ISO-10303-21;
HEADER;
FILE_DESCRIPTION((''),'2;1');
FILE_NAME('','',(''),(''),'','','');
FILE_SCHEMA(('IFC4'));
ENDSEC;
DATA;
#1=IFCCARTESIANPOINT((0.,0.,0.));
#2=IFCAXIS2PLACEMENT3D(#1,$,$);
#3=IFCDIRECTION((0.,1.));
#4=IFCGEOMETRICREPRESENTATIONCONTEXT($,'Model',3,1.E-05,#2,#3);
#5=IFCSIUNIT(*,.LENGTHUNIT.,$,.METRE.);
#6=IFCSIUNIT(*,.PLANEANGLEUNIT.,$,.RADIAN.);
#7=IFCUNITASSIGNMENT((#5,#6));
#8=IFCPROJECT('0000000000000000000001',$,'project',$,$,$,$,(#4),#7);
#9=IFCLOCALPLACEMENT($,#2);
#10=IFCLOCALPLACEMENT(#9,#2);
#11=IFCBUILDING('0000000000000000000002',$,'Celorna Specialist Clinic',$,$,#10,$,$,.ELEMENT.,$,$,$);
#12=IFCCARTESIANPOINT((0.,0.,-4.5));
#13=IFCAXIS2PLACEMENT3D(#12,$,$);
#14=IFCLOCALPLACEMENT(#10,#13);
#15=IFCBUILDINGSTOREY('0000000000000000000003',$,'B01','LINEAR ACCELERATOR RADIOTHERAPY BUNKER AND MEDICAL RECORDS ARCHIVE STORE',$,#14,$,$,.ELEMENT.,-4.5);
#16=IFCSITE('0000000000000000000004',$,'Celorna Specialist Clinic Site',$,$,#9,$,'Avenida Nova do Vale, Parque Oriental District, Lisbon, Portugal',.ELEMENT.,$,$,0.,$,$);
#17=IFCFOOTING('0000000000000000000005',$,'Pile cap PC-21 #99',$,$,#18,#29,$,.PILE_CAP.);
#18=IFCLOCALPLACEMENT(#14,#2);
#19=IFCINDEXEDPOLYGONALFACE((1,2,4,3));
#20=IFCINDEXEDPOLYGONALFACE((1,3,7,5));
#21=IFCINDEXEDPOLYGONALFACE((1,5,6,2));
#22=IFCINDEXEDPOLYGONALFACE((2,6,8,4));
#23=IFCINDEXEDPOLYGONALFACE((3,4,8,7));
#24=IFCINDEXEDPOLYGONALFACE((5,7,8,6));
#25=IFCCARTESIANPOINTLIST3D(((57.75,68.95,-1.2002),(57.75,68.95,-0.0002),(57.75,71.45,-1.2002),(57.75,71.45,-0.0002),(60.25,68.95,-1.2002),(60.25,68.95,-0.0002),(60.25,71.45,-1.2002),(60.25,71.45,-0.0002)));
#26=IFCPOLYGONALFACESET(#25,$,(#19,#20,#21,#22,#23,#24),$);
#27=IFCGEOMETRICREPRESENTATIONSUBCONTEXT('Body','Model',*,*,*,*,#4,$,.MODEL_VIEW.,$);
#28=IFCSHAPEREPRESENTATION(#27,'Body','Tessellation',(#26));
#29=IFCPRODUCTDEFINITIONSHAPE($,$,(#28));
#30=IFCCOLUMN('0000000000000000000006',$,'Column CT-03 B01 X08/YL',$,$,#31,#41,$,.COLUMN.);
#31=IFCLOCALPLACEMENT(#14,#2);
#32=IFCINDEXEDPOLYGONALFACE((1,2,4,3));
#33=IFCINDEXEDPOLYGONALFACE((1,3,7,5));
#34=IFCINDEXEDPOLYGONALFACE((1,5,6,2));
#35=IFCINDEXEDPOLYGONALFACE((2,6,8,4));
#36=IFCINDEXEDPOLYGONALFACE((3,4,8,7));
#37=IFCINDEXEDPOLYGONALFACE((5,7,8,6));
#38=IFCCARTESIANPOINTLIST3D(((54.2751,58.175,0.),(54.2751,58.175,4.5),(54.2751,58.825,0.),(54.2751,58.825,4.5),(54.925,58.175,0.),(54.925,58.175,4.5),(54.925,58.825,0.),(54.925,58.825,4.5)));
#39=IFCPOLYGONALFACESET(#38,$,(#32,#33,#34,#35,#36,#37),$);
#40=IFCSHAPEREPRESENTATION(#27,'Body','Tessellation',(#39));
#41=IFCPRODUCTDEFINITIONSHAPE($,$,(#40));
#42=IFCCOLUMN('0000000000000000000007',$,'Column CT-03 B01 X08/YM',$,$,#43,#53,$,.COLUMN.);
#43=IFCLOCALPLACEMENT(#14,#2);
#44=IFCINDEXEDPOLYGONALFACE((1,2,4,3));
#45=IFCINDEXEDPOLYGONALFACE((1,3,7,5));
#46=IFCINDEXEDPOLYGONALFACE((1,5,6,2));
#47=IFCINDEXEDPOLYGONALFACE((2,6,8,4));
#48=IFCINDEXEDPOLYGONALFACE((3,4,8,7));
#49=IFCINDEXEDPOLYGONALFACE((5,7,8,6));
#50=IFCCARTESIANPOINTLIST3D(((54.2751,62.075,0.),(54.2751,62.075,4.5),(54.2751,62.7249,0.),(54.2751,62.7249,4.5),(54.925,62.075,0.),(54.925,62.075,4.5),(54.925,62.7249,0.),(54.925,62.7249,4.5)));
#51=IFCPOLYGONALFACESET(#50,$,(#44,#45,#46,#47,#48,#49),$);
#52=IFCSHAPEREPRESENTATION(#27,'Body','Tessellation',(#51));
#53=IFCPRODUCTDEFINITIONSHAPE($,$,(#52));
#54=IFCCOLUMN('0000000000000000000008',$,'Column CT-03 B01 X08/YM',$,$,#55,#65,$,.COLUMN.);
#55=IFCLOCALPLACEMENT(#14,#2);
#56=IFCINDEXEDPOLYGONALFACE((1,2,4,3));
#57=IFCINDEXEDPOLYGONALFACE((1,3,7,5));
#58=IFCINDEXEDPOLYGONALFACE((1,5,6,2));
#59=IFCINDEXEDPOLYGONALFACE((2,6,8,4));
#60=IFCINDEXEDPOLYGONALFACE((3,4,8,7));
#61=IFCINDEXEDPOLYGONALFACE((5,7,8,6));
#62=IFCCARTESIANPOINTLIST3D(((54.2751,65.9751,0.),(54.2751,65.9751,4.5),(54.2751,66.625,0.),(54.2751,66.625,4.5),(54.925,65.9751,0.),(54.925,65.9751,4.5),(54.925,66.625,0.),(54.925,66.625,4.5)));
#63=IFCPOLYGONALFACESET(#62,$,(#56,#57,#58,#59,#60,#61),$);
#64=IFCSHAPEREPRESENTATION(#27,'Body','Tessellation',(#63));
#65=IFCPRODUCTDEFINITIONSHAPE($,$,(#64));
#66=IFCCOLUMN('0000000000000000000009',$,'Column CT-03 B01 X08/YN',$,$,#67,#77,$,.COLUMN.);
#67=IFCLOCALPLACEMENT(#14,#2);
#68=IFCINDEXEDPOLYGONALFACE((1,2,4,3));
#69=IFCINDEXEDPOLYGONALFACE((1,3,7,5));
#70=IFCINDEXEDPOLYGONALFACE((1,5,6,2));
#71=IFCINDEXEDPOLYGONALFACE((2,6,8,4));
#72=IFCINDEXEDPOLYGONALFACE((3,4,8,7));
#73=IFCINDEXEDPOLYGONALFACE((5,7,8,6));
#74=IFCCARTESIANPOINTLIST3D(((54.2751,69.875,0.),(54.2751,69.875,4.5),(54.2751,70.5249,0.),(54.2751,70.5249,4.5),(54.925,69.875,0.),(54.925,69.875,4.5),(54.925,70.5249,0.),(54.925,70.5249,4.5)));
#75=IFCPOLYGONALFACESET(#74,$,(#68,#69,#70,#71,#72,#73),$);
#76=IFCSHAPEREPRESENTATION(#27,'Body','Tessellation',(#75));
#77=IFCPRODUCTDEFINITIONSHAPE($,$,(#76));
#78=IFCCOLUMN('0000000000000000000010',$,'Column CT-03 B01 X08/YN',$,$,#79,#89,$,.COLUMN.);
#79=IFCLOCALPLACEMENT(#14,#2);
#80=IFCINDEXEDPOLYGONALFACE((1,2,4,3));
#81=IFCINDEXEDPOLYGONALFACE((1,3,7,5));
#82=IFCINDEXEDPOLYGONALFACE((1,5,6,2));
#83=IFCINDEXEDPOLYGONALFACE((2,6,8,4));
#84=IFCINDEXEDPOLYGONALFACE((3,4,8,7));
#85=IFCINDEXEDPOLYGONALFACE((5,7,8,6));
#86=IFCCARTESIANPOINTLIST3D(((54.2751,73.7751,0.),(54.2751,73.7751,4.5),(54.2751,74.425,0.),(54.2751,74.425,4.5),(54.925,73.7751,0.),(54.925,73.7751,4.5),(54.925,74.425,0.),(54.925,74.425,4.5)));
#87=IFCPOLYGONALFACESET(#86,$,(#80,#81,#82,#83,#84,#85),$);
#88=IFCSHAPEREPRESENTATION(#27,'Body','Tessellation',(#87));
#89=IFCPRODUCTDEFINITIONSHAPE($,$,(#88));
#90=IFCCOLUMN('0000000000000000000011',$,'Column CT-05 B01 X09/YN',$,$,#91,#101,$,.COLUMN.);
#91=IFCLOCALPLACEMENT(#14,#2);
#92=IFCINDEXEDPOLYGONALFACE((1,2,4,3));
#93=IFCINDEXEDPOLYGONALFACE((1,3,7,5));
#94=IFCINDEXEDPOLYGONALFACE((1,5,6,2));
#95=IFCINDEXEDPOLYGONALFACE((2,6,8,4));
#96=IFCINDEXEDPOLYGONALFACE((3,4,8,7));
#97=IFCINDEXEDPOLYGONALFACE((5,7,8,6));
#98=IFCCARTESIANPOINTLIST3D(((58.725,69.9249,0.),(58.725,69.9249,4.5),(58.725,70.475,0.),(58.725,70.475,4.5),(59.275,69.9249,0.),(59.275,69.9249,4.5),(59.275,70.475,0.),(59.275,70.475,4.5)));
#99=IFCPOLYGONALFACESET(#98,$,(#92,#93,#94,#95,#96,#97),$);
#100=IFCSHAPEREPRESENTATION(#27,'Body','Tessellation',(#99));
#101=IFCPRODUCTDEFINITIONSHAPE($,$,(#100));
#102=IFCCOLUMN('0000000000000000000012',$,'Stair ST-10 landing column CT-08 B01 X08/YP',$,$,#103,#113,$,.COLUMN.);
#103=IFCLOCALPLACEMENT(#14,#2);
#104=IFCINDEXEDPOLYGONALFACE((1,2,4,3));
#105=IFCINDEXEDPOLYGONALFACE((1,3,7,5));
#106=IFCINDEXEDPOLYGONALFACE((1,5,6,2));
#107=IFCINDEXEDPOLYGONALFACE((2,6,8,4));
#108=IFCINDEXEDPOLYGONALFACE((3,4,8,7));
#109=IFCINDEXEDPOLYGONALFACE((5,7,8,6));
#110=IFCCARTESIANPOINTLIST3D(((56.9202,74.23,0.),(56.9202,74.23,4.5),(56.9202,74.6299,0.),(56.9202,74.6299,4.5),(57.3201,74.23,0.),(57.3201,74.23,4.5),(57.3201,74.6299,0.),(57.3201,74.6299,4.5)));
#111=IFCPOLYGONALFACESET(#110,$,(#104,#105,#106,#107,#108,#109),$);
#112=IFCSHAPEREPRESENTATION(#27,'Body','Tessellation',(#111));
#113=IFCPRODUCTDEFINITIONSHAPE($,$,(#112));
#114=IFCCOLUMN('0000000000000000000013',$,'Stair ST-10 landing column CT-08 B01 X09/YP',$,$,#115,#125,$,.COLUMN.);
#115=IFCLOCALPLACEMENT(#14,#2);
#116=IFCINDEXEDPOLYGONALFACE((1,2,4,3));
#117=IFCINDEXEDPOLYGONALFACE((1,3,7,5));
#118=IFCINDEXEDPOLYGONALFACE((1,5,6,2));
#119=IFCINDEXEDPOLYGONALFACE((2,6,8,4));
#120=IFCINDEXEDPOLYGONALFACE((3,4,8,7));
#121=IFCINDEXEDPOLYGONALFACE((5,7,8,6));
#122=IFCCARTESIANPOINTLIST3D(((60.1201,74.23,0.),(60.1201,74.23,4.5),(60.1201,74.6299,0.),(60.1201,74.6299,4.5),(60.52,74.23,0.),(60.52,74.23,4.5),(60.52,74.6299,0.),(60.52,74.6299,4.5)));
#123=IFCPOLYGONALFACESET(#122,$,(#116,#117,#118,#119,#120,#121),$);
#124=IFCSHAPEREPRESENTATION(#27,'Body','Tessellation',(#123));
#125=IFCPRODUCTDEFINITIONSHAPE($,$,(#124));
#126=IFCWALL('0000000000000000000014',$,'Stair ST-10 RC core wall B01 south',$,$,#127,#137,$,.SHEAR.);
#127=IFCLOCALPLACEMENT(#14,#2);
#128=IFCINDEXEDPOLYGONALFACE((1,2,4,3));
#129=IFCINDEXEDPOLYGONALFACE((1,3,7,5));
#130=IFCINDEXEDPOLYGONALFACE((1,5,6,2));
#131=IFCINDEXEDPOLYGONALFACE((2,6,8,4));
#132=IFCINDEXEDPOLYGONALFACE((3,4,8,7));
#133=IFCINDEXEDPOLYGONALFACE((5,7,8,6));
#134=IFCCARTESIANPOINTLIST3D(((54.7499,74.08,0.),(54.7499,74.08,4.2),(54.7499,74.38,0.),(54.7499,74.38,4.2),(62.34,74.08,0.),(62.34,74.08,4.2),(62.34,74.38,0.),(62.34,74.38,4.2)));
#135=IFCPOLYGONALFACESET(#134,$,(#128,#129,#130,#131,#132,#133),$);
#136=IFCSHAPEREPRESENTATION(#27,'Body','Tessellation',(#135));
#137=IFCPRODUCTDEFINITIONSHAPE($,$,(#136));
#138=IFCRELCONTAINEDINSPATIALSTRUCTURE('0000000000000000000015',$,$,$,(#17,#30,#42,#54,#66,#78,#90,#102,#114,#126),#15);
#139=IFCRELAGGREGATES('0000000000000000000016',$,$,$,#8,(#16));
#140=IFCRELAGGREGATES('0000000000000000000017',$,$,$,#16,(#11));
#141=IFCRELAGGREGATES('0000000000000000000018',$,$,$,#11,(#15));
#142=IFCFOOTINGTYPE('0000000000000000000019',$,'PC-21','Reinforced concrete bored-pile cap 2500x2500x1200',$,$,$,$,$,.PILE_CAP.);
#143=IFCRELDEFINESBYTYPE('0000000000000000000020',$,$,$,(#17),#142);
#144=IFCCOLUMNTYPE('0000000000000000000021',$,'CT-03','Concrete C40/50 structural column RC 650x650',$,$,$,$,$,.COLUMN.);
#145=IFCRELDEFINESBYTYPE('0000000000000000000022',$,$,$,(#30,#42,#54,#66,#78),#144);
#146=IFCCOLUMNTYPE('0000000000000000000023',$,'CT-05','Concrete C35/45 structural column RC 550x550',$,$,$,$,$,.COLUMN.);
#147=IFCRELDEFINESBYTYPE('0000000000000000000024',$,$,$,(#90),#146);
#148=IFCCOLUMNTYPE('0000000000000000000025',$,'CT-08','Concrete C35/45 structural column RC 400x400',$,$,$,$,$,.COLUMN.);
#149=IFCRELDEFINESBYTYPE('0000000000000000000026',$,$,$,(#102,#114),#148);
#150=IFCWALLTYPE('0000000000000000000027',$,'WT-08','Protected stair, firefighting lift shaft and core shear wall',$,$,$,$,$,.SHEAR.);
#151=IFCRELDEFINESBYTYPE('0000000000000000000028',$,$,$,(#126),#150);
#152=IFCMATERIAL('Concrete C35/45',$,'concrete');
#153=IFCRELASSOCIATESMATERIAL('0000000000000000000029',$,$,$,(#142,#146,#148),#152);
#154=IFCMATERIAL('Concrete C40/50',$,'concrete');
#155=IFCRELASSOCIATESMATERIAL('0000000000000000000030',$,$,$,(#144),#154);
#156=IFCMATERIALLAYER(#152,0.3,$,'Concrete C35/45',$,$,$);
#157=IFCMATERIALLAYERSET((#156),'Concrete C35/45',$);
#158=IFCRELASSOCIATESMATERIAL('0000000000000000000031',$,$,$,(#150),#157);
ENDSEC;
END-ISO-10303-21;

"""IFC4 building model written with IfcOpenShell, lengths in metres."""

from ifc_helpers import new_model, si_unit, direction, frame, frame_2d, origin, origin_2d, place, context, subcontext, project, spatial, rectangle, extrude, material, layer, layer_set, material_profile, profile_set, type_object, element, save


model = new_model("IFC4")

# Units and contexts
model_context = context("Model", 3, precision=1e-05, world=origin(), true_north=direction((0.0, 1.0)))
body_context = subcontext(model_context, "Body", "Model", "MODEL_VIEW")
ifc_project = project(units=[si_unit("LENGTHUNIT", "METRE"), si_unit("PLANEANGLEUNIT", "RADIAN")], contexts=[model_context])

# Site, building, storey
site_placement = place(None, origin())
site = spatial("IfcSite", under=ifc_project, at=site_placement, Name="Celorna Specialist Clinic Site", LongName="Avenida Nova do Vale, Parque Oriental District, Lisbon, Portugal", CompositionType="ELEMENT", RefElevation=0.0)
building_placement = place(site_placement, origin())
building = spatial("IfcBuilding", under=site, at=building_placement, Name="Celorna Specialist Clinic", CompositionType="ELEMENT")
storey_placement = place(building_placement, frame((0.0, 0.0, -4.5)))
storey = spatial("IfcBuildingStorey", under=building, at=storey_placement, Name="B01", Description="LINEAR ACCELERATOR RADIOTHERAPY BUNKER AND MEDICAL RECORDS ARCHIVE STORE", CompositionType="ELEMENT", Elevation=-4.5)

# Shared definitions
ifc_material_1 = material(Name="Concrete C35/45", Category="concrete")

# Footing
footing_type_1 = type_object("IfcFootingType", Name="PC-21", Description="Reinforced concrete bored-pile cap 2500x2500x1200", PredefinedType="PILE_CAP", material=ifc_material_1)
footing_1_placement = place(storey_placement, frame((59.0, 70.2, -1.2002), z_axis=(0.0, 0.0, 1.0), x_axis=(1.0, 0.0, 0.0)))
element("IfcFooting", 1, at=footing_1_placement, inside=storey, type_object=footing_type_1, Name="Pile cap PC-21 #99", PredefinedType="PILE_CAP", context=body_context, shape_type="SweptSolid", body=[
    extrude(rectangle(XDim=2.5, YDim=2.5, at=origin_2d()), origin(), (0.0, 0.0, 1.0), 1.2),
])

# Columns
ifc_material_2 = material(Name="Concrete C40/50", Category="concrete")
ifc_material_profile_1 = material_profile(ifc_material_2, rectangle(XDim=0.6499, YDim=0.6499, at=origin_2d()), Name="RC 650x650")
ifc_profile_set_1 = profile_set([ifc_material_profile_1], Name="Concrete C40/50")
column_type_1 = type_object("IfcColumnType", Name="CT-03", Description="Concrete C40/50 structural column RC 650x650", PredefinedType="COLUMN", material=ifc_profile_set_1)
for number, where, z_axis, x_axis, name in (
    (2, (54.6001, 58.5, 0.0), (0.0, 0.0, 1.0), (1.0, 0.0, 0.0), "Column CT-03 B01 X08/YL"),
    (3, (54.6001, 62.3999, 0.0), (0.0, 0.0, 1.0), (1.0, 0.0, 0.0), "Column CT-03 B01 X08/YM"),
    (4, (54.6001, 66.3, 0.0), (0.0, 0.0, 1.0), (1.0, 0.0, 0.0), "Column CT-03 B01 X08/YM"),
    (5, (54.6001, 70.2, 0.0), (0.0, 0.0, 1.0), (1.0, 0.0, 0.0), "Column CT-03 B01 X08/YN"),
    (6, (54.6001, 74.1001, 0.0), (0.0, 0.0, 1.0), (1.0, 0.0, 0.0), "Column CT-03 B01 X08/YN"),
):
    element("IfcColumn", number, at=place(storey_placement, frame(where, z_axis=z_axis, x_axis=x_axis)), inside=storey, type_object=column_type_1, Name=name, PredefinedType="COLUMN", context=body_context, shape_type="SweptSolid", body=[
        extrude(rectangle(XDim=0.6499, YDim=0.6499, at=origin_2d()), origin(), (0.0, 0.0, 1.0), 4.5),
    ])
ifc_material_profile_2 = material_profile(ifc_material_1, rectangle(XDim=0.55, YDim=0.55, at=origin_2d()), Name="RC 550x550")
ifc_profile_set_2 = profile_set([ifc_material_profile_2], Name="Concrete C35/45")
column_type_2 = type_object("IfcColumnType", Name="CT-05", Description="Concrete C35/45 structural column RC 550x550", PredefinedType="COLUMN", material=ifc_profile_set_2)
column_placement = place(storey_placement, frame((59.0, 70.2, 0.0), z_axis=(0.0, 0.0, 1.0), x_axis=(1.0, 0.0, 0.0)))
element("IfcColumn", 7, at=column_placement, inside=storey, type_object=column_type_2, Name="Column CT-05 B01 X09/YN", PredefinedType="COLUMN", context=body_context, shape_type="SweptSolid", body=[
    extrude(rectangle(XDim=0.55, YDim=0.55, at=origin_2d()), origin(), (0.0, 0.0, 1.0), 4.5),
])
ifc_material_profile_3 = material_profile(ifc_material_1, rectangle(XDim=0.3999, YDim=0.3999, at=origin_2d()), Name="RC 400x400")
ifc_profile_set_3 = profile_set([ifc_material_profile_3], Name="Concrete C35/45")
column_type_3 = type_object("IfcColumnType", Name="CT-08", Description="Concrete C35/45 structural column RC 400x400", PredefinedType="COLUMN", material=ifc_profile_set_3)
for number, where, z_axis, x_axis, name in (
    (8, (57.1201, 74.4299, 0.0), (0.0, 0.0, 1.0), (1.0, 0.0, 0.0), "Stair ST-10 landing column CT-08 B01 X08/YP"),
    (9, (60.3201, 74.4299, 0.0), (0.0, 0.0, 1.0), (1.0, 0.0, 0.0), "Stair ST-10 landing column CT-08 B01 X09/YP"),
):
    element("IfcColumn", number, at=place(storey_placement, frame(where, z_axis=z_axis, x_axis=x_axis)), inside=storey, type_object=column_type_3, Name=name, PredefinedType="COLUMN", context=body_context, shape_type="SweptSolid", body=[
        extrude(rectangle(XDim=0.3999, YDim=0.3999, at=origin_2d()), origin(), (0.0, 0.0, 1.0), 4.5),
    ])

# Wall
ifc_layer = layer(ifc_material_1, 0.3, Name="Concrete C35/45")
ifc_layer_set = layer_set([ifc_layer], Name="Concrete C35/45")
wall_type = type_object("IfcWallType", Name="WT-08", Description="Protected stair, firefighting lift shaft and core shear wall", PredefinedType="SHEAR", material=ifc_layer_set)
wall_placement = place(storey_placement, frame((54.75, 74.23, 0.0), z_axis=(0.0, 0.0, 1.0), x_axis=(1.0, 0.0, 0.0)))
element("IfcWall", 10, at=wall_placement, inside=storey, type_object=wall_type, Name="Stair ST-10 RC core wall B01 south", PredefinedType="SHEAR", context=body_context, shape_type="SweptSolid", body=[
    extrude(rectangle(XDim=7.5901, YDim=0.3, at=frame_2d((3.7949, 0.0))), origin(), (0.0, 0.0, 1.0), 4.2),
])

save(model, "model.ifc")
